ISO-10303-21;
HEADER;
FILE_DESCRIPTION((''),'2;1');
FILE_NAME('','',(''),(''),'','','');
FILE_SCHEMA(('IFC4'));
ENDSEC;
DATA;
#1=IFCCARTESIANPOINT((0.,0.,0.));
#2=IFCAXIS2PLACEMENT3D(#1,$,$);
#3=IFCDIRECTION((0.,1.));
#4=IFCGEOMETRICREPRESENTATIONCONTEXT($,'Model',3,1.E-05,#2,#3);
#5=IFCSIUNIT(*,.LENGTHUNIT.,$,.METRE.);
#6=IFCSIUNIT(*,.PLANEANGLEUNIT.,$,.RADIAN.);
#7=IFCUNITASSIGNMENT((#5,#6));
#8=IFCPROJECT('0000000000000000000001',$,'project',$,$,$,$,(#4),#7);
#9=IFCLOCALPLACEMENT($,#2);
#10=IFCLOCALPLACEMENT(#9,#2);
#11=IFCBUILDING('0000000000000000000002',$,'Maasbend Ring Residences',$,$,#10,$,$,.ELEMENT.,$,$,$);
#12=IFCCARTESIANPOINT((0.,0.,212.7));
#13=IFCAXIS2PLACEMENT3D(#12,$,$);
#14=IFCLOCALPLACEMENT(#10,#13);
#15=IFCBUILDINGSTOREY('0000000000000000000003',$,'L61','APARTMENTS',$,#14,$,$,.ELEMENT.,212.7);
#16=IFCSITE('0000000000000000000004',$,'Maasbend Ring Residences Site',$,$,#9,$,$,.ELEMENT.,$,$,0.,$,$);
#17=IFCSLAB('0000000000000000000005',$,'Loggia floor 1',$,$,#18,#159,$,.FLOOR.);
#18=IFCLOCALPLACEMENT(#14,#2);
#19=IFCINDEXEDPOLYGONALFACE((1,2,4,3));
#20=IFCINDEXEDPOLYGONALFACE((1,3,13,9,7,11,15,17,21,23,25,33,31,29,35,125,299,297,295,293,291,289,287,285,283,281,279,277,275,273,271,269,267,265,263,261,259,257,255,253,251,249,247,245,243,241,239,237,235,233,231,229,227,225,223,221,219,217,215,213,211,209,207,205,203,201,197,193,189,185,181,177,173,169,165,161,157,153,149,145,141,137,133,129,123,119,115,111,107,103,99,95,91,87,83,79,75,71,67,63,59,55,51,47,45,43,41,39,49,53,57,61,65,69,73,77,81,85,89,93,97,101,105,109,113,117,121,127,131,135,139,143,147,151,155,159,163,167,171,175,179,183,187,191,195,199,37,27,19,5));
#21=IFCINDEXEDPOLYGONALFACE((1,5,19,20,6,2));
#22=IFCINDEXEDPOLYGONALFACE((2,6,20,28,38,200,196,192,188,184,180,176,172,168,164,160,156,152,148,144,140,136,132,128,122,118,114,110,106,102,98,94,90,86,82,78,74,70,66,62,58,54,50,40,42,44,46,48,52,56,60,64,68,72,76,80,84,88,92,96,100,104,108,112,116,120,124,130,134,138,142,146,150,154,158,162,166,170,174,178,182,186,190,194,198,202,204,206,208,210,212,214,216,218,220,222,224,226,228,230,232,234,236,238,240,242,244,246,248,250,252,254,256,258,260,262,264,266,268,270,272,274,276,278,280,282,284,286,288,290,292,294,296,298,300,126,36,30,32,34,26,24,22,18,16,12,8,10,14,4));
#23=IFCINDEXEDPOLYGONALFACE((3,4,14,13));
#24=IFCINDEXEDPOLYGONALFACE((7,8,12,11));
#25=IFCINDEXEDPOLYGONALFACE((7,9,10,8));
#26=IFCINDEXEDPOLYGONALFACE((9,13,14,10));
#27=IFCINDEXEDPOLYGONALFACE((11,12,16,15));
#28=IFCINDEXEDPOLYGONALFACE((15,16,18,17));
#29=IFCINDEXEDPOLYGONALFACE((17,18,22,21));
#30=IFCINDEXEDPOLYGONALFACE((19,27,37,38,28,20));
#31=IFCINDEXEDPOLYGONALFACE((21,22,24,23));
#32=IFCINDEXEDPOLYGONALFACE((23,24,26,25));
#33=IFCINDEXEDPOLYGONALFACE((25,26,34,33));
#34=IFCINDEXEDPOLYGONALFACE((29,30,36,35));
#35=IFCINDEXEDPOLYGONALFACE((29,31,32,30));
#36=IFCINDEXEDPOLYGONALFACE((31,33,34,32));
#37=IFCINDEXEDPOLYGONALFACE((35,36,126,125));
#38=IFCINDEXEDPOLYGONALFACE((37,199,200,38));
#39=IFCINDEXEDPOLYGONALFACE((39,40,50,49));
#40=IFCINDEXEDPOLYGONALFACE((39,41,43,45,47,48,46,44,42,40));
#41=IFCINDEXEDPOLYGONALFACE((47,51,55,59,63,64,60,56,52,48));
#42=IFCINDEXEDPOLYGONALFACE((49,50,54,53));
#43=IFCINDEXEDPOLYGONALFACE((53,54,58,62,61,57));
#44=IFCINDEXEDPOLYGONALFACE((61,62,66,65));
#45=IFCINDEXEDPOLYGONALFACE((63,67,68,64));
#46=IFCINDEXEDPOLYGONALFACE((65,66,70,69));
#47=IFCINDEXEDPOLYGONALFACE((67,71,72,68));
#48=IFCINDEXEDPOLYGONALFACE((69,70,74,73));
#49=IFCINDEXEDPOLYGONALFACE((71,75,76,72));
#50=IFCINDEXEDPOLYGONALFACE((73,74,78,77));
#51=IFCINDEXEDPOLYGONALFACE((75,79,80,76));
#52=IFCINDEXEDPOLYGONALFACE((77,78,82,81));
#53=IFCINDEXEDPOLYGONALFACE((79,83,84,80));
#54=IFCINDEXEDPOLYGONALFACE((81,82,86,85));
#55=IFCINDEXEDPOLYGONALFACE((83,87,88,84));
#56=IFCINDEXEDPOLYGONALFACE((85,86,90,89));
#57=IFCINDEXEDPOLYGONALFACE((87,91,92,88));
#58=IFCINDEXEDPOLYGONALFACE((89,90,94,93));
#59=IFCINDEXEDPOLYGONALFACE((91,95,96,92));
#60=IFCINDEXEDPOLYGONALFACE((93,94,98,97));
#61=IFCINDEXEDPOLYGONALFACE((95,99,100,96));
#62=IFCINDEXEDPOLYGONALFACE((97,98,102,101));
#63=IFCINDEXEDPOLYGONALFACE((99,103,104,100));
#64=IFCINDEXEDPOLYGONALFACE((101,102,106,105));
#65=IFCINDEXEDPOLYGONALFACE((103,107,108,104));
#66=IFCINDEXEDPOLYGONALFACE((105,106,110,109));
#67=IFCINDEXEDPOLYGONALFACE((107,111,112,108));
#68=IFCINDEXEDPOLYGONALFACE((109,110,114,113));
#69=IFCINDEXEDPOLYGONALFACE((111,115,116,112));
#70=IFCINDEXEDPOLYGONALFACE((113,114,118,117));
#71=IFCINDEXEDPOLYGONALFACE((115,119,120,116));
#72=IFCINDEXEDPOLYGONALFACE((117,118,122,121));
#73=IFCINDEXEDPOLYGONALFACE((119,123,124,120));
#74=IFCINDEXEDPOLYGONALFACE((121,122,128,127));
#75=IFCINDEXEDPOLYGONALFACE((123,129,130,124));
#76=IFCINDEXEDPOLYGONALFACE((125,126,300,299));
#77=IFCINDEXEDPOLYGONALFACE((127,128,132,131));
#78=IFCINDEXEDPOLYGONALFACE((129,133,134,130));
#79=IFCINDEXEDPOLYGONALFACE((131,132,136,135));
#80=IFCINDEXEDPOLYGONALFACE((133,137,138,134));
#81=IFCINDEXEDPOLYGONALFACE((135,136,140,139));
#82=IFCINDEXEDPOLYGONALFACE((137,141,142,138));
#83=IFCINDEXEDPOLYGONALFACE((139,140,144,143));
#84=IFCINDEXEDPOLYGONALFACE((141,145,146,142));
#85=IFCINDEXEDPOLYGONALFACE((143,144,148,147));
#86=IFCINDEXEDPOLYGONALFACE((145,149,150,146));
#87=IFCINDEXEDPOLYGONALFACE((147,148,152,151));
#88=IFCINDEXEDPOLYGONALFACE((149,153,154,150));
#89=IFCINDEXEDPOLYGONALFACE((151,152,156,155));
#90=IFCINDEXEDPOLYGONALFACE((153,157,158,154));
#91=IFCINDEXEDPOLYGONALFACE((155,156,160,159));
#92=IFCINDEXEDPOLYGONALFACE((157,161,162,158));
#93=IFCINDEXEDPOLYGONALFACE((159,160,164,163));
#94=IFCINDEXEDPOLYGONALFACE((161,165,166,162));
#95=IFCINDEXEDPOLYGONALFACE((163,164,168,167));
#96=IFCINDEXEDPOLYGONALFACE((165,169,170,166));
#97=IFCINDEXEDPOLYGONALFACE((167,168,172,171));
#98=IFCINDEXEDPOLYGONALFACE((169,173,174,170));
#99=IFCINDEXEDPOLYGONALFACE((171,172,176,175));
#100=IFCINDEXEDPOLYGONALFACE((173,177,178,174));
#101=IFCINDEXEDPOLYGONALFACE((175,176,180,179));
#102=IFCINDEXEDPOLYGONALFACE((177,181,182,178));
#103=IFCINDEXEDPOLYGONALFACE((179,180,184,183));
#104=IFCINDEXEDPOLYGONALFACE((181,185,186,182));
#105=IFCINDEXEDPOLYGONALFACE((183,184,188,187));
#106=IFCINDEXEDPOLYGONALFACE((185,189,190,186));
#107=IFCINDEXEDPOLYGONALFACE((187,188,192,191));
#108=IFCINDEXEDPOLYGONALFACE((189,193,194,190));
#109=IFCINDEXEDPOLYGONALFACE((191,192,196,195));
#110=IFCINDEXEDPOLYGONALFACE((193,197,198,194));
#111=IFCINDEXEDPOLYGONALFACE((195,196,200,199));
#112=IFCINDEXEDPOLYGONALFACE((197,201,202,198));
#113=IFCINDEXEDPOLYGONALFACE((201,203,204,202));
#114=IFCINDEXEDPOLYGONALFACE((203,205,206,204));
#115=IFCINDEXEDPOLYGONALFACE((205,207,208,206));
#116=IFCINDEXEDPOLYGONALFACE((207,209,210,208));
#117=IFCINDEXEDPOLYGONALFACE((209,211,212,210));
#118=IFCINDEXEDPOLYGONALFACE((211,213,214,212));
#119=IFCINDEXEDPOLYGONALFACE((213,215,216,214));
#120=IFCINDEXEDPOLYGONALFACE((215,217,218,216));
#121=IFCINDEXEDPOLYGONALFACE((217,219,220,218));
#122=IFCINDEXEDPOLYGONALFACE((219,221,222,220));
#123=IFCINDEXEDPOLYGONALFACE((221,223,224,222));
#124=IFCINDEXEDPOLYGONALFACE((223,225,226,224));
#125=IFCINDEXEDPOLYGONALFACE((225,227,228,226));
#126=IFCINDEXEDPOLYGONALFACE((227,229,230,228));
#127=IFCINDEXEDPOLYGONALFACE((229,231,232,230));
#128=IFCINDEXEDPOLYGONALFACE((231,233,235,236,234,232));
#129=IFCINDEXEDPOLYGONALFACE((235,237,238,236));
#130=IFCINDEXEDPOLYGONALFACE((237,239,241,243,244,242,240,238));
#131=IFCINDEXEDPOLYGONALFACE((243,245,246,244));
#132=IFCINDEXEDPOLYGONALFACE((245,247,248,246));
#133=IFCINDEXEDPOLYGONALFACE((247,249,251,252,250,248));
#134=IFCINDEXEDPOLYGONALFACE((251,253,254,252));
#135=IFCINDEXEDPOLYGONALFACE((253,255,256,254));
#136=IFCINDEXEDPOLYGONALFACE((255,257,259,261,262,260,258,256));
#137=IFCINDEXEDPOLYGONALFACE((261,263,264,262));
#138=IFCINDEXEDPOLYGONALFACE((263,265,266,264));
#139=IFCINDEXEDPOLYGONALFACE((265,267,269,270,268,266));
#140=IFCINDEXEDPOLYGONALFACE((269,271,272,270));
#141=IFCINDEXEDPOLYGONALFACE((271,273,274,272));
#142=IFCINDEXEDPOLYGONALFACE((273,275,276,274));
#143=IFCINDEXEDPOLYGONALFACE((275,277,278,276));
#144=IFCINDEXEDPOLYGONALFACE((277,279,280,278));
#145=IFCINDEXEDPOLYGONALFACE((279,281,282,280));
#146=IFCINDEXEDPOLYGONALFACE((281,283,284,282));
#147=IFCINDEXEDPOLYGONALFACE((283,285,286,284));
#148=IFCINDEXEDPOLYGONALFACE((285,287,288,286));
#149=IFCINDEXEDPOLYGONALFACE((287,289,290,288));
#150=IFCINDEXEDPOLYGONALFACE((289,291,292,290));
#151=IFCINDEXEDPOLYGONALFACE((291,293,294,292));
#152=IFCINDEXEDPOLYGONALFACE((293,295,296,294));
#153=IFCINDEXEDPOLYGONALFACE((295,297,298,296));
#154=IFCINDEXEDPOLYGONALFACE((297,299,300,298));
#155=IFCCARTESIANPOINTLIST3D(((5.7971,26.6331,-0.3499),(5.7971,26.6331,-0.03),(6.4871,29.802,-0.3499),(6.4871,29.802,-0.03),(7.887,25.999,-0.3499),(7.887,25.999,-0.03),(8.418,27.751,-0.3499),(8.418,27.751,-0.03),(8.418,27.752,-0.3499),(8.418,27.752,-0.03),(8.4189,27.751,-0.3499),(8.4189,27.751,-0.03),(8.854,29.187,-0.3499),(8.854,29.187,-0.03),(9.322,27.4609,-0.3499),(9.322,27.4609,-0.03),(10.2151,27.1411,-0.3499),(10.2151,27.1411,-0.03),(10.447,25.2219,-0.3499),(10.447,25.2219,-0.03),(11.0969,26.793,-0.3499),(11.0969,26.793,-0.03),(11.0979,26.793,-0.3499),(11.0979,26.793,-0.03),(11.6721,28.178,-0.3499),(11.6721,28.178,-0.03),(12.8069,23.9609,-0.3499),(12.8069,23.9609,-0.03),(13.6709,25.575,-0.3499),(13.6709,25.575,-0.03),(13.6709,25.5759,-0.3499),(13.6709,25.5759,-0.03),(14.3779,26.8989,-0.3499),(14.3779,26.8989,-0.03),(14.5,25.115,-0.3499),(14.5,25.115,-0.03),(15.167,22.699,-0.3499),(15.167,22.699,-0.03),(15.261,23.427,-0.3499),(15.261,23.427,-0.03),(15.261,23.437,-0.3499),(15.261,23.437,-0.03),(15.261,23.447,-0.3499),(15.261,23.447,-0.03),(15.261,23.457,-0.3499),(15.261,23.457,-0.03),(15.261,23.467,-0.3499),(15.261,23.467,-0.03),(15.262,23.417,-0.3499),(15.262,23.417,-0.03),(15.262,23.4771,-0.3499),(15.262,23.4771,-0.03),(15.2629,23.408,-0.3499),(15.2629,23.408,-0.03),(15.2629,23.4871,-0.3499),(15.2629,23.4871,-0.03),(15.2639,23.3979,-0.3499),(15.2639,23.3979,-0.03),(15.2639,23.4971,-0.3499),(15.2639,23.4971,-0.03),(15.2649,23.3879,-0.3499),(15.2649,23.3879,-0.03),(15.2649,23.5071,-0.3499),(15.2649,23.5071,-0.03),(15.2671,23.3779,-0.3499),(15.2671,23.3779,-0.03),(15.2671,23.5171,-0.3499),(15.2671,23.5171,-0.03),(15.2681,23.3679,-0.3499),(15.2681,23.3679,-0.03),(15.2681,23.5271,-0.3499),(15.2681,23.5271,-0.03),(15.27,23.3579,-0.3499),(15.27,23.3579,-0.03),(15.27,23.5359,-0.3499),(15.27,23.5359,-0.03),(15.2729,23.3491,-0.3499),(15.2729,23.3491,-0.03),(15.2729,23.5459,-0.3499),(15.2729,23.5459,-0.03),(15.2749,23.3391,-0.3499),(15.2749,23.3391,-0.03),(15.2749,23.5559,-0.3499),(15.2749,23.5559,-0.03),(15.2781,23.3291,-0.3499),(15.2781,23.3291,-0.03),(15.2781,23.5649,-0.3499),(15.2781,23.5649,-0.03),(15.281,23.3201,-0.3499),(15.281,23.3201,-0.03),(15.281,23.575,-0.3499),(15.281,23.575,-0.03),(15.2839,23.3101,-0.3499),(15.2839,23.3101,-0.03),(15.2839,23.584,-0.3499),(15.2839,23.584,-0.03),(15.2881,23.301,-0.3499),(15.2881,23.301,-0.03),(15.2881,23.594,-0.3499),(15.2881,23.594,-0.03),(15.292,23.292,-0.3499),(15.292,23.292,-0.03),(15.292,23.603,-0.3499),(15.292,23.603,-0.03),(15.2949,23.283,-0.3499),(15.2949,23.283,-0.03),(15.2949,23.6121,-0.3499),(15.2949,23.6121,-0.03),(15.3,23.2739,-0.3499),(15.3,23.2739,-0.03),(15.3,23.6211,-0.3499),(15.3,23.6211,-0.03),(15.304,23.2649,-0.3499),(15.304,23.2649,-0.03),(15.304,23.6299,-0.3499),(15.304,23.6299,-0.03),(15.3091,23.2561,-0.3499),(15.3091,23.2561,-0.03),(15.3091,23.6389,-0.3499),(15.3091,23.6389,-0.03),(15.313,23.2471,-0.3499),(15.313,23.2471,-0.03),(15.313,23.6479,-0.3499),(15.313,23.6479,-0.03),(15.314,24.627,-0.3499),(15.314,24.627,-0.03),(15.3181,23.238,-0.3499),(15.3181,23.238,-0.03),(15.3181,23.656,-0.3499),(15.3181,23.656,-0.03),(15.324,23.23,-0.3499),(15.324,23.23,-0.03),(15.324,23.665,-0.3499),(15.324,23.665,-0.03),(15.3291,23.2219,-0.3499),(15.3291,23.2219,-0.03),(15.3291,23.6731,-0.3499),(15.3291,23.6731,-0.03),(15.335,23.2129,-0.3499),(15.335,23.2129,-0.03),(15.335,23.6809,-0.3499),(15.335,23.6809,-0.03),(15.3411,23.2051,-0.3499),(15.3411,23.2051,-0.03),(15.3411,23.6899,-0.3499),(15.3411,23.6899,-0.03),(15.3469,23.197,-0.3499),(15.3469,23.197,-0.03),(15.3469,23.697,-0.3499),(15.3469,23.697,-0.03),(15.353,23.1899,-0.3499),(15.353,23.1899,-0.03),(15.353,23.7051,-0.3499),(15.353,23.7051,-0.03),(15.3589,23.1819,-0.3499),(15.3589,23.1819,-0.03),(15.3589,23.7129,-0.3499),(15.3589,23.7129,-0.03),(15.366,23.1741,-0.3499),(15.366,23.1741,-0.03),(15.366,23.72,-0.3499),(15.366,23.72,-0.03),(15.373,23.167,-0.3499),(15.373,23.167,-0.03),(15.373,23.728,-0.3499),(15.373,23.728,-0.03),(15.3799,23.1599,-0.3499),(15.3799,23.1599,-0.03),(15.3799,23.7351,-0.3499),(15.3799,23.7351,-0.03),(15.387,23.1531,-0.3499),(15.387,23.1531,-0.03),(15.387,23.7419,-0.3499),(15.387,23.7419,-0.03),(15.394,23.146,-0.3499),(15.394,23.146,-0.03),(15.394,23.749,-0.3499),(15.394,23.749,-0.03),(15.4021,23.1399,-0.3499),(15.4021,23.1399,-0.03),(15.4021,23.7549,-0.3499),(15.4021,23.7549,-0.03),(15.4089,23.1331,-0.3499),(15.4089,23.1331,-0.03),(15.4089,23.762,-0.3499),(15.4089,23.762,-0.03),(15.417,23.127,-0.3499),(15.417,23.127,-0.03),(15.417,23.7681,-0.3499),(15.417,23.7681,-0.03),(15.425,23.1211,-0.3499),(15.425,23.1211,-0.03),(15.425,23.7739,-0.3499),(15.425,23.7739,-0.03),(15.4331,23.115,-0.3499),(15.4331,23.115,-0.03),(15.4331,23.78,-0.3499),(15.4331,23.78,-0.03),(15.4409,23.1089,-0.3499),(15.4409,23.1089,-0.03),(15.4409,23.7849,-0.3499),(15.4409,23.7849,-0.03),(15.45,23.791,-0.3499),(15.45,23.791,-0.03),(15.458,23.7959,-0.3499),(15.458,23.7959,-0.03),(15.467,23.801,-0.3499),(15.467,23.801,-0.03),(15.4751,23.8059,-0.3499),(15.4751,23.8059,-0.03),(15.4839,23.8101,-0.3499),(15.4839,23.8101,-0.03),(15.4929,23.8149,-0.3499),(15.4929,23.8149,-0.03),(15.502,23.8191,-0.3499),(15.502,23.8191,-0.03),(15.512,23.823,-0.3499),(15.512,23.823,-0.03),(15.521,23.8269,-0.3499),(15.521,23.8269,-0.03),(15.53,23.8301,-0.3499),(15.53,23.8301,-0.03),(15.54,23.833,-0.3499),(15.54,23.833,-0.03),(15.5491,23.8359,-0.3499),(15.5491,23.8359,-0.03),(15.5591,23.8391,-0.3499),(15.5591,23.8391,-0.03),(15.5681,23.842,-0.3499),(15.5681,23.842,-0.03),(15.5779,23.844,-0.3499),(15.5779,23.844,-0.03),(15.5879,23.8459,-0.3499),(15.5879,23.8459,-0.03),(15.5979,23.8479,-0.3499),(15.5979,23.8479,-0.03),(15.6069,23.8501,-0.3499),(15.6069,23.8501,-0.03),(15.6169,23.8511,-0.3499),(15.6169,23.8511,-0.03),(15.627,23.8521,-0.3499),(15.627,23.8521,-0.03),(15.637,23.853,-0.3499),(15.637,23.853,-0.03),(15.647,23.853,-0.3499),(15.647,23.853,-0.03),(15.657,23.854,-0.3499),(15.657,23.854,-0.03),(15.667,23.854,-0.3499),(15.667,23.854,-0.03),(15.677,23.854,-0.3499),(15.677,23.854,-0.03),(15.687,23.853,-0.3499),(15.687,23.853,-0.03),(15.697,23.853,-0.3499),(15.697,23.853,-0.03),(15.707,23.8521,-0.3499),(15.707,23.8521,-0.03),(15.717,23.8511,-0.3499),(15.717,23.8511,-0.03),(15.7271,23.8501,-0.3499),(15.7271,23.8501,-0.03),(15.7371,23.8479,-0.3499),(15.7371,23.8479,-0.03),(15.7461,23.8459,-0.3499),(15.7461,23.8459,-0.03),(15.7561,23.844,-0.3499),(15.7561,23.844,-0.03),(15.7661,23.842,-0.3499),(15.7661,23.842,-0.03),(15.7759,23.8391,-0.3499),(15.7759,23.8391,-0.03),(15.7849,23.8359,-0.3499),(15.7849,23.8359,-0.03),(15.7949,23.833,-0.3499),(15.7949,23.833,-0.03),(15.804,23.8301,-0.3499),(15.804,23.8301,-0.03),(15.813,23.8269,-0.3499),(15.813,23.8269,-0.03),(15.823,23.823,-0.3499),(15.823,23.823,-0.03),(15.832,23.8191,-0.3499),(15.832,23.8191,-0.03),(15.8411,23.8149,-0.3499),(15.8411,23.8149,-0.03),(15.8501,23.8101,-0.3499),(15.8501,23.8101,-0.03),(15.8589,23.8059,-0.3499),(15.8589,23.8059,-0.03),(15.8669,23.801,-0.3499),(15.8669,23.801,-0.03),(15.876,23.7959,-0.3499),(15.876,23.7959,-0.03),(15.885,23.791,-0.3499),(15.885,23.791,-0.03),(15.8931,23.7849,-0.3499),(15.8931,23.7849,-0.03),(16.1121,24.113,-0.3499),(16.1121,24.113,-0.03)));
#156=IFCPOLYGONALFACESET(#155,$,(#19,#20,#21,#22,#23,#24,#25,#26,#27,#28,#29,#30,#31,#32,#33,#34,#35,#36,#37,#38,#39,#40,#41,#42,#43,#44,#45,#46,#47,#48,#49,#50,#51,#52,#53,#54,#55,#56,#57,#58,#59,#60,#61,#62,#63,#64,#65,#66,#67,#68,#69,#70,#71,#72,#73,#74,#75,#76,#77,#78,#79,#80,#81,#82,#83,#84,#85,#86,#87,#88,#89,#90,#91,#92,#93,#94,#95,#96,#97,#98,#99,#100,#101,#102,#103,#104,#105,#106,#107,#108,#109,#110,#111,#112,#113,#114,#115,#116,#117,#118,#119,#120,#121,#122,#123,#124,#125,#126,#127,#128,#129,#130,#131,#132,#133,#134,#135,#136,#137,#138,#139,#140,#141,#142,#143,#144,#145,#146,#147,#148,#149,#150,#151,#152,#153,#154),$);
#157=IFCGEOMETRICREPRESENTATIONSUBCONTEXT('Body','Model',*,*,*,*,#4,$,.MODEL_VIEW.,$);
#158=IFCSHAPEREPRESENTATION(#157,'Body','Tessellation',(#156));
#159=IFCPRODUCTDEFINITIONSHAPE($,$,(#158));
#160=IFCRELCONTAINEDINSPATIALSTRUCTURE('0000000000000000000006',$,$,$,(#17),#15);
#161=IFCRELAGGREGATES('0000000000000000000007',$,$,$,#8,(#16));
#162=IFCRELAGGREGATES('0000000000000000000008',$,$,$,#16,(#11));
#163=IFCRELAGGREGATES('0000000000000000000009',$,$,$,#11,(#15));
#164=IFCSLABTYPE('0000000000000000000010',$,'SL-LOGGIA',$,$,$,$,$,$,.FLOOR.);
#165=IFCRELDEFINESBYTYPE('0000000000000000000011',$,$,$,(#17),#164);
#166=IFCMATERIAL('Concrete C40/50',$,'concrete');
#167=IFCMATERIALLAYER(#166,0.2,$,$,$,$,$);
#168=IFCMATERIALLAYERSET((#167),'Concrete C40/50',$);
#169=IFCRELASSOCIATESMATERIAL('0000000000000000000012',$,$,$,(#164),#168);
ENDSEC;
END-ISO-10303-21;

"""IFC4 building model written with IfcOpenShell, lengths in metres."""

from ifc_helpers import new_model, si_unit, direction, frame, origin, place, context, subcontext, project, spatial, polyline, outline, extrude, material, layer, layer_set, type_object, element, save


model = new_model("IFC4")

# Units and contexts
model_context = context("Model", 3, precision=1e-05, world=origin(), true_north=direction((0.0, 1.0)))
body_context = subcontext(model_context, "Body", "Model", "MODEL_VIEW")
ifc_project = project(units=[si_unit("LENGTHUNIT", "METRE"), si_unit("PLANEANGLEUNIT", "RADIAN")], contexts=[model_context])

# Site, building, storey
site_placement = place(None, origin())
site = spatial("IfcSite", under=ifc_project, at=site_placement, Name="Maasbend Ring Residences Site", CompositionType="ELEMENT", RefElevation=0.0)
building_placement = place(site_placement, origin())
building = spatial("IfcBuilding", under=site, at=building_placement, Name="Maasbend Ring Residences", CompositionType="ELEMENT")
storey_placement = place(building_placement, frame((0.0, 0.0, 212.7)))
storey = spatial("IfcBuildingStorey", under=building, at=storey_placement, Name="L61", Description="APARTMENTS", CompositionType="ELEMENT", Elevation=212.7)

# Slab
ifc_material_1 = material(Name="Concrete C40/50", Category="concrete")
ifc_layer_1 = layer(ifc_material_1, 0.2)
ifc_layer_set_1 = layer_set([ifc_layer_1], Name="Concrete C40/50")
slab_type_1 = type_object("IfcSlabType", Name="SL-LOGGIA", PredefinedType="FLOOR", material=ifc_layer_set_1)
slab_1_placement = place(storey_placement, frame((0.0, 0.0, -0.3499)))
element("IfcSlab", 1, at=slab_1_placement, inside=storey, type_object=slab_type_1, Name="Loggia floor 1", PredefinedType="FLOOR", context=body_context, shape_type="SweptSolid", body=[
    extrude(outline(polyline([(8.854, 29.187), (8.854, 29.187), (8.854, 29.187), (8.418, 27.752), (8.418, 27.752), (8.418, 27.752), (8.418, 27.752), (8.418, 27.752), (8.418, 27.752), (8.418, 27.751), (8.418, 27.751), (8.418, 27.751), (8.418, 27.751), (8.418, 27.751), (8.4189, 27.751), (8.4189, 27.751), (8.4189, 27.751), (8.4189, 27.751), (8.4189, 27.751), (8.4189, 27.751), (9.322, 27.4609), (9.322, 27.4609), (10.2151, 27.1411), (10.2151, 27.1411), (11.0969, 26.793), (11.0969, 26.793), (11.0969, 26.793), (11.0979, 26.793), (11.0979, 26.793), (11.0979, 26.793), (11.0979, 26.793), (11.0979, 26.793), (11.0979, 26.793), (11.0979, 26.793), (11.0979, 26.793), (11.0979, 26.793), (11.0979, 26.793), (11.0979, 26.793), (11.0979, 26.793), (11.0979, 26.793), (11.0979, 26.793), (11.6721, 28.178), (11.6721, 28.178), (11.6721, 28.178), (14.3779, 26.8989), (14.3779, 26.8989), (14.3779, 26.8989), (13.6709, 25.5759), (13.6709, 25.5759), (13.6709, 25.5759), (13.6709, 25.5759), (13.6709, 25.5759), (13.6709, 25.5759), (13.6709, 25.5759), (13.6709, 25.5759), (13.6709, 25.5759), (13.6709, 25.5759), (13.6709, 25.5759), (13.6709, 25.5759), (13.6709, 25.5759), (13.6709, 25.5759), (13.6709, 25.5759), (13.6709, 25.5759), (13.6709, 25.575), (14.5, 25.115), (14.5, 25.115), (15.314, 24.627), (15.314, 24.627), (16.1121, 24.113), (16.1121, 24.113), (16.1121, 24.113), (15.8931, 23.7849), (15.885, 23.791), (15.876, 23.7959), (15.8669, 23.801), (15.8589, 23.8059), (15.8501, 23.8101), (15.8411, 23.8149), (15.832, 23.8191), (15.823, 23.823), (15.813, 23.8269), (15.804, 23.8301), (15.7949, 23.833), (15.7849, 23.8359), (15.7759, 23.8391), (15.7661, 23.842), (15.7561, 23.844), (15.7461, 23.8459), (15.7371, 23.8479), (15.7271, 23.8501), (15.717, 23.8511), (15.707, 23.8521), (15.697, 23.853), (15.687, 23.853), (15.677, 23.854), (15.667, 23.854), (15.657, 23.854), (15.647, 23.853), (15.637, 23.853), (15.627, 23.8521), (15.6169, 23.8511), (15.6069, 23.8501), (15.5979, 23.8479), (15.5879, 23.8459), (15.5779, 23.844), (15.5681, 23.842), (15.5591, 23.8391), (15.5491, 23.8359), (15.54, 23.833), (15.53, 23.8301), (15.521, 23.8269), (15.512, 23.823), (15.502, 23.8191), (15.4929, 23.8149), (15.4839, 23.8101), (15.4751, 23.8059), (15.467, 23.801), (15.458, 23.7959), (15.45, 23.791), (15.4409, 23.7849), (15.4331, 23.78), (15.425, 23.7739), (15.417, 23.7681), (15.4089, 23.762), (15.4021, 23.7549), (15.394, 23.749), (15.387, 23.7419), (15.3799, 23.7351), (15.373, 23.728), (15.366, 23.72), (15.3589, 23.7129), (15.353, 23.7051), (15.3469, 23.697), (15.3411, 23.6899), (15.335, 23.6809), (15.3291, 23.6731), (15.324, 23.665), (15.3181, 23.656), (15.313, 23.6479), (15.3091, 23.6389), (15.304, 23.6299), (15.3, 23.6211), (15.2949, 23.6121), (15.292, 23.603), (15.2881, 23.594), (15.2839, 23.584), (15.281, 23.575), (15.2781, 23.5649), (15.2749, 23.5559), (15.2729, 23.5459), (15.27, 23.5359), (15.2681, 23.5271), (15.2671, 23.5171), (15.2649, 23.5071), (15.2639, 23.4971), (15.2629, 23.4871), (15.262, 23.4771), (15.261, 23.467), (15.261, 23.457), (15.261, 23.447), (15.261, 23.437), (15.261, 23.427), (15.262, 23.417), (15.2629, 23.408), (15.2639, 23.3979), (15.2649, 23.3879), (15.2671, 23.3779), (15.2681, 23.3679), (15.27, 23.3579), (15.2729, 23.3491), (15.2749, 23.3391), (15.2781, 23.3291), (15.281, 23.3201), (15.2839, 23.3101), (15.2881, 23.301), (15.292, 23.292), (15.2949, 23.283), (15.3, 23.2739), (15.304, 23.2649), (15.3091, 23.2561), (15.313, 23.2471), (15.3181, 23.238), (15.324, 23.23), (15.3291, 23.2219), (15.335, 23.2129), (15.3411, 23.2051), (15.3469, 23.197), (15.353, 23.1899), (15.3589, 23.1819), (15.366, 23.1741), (15.373, 23.167), (15.3799, 23.1599), (15.387, 23.1531), (15.394, 23.146), (15.4021, 23.1399), (15.4089, 23.1331), (15.417, 23.127), (15.425, 23.1211), (15.4331, 23.115), (15.4409, 23.1089), (15.167, 22.699), (15.167, 22.699), (15.167, 22.699), (12.8069, 23.9609), (10.447, 25.2219), (10.447, 25.2219), (10.447, 25.2219), (7.887, 25.999), (5.7971, 26.6331), (5.7971, 26.6331), (5.7971, 26.6331), (6.4871, 29.802), (6.4871, 29.802), (6.4871, 29.802), (8.854, 29.187)])), origin(), (0.0, 0.0, 1.0), 0.3198),
])

save(model, "model.ifc")
